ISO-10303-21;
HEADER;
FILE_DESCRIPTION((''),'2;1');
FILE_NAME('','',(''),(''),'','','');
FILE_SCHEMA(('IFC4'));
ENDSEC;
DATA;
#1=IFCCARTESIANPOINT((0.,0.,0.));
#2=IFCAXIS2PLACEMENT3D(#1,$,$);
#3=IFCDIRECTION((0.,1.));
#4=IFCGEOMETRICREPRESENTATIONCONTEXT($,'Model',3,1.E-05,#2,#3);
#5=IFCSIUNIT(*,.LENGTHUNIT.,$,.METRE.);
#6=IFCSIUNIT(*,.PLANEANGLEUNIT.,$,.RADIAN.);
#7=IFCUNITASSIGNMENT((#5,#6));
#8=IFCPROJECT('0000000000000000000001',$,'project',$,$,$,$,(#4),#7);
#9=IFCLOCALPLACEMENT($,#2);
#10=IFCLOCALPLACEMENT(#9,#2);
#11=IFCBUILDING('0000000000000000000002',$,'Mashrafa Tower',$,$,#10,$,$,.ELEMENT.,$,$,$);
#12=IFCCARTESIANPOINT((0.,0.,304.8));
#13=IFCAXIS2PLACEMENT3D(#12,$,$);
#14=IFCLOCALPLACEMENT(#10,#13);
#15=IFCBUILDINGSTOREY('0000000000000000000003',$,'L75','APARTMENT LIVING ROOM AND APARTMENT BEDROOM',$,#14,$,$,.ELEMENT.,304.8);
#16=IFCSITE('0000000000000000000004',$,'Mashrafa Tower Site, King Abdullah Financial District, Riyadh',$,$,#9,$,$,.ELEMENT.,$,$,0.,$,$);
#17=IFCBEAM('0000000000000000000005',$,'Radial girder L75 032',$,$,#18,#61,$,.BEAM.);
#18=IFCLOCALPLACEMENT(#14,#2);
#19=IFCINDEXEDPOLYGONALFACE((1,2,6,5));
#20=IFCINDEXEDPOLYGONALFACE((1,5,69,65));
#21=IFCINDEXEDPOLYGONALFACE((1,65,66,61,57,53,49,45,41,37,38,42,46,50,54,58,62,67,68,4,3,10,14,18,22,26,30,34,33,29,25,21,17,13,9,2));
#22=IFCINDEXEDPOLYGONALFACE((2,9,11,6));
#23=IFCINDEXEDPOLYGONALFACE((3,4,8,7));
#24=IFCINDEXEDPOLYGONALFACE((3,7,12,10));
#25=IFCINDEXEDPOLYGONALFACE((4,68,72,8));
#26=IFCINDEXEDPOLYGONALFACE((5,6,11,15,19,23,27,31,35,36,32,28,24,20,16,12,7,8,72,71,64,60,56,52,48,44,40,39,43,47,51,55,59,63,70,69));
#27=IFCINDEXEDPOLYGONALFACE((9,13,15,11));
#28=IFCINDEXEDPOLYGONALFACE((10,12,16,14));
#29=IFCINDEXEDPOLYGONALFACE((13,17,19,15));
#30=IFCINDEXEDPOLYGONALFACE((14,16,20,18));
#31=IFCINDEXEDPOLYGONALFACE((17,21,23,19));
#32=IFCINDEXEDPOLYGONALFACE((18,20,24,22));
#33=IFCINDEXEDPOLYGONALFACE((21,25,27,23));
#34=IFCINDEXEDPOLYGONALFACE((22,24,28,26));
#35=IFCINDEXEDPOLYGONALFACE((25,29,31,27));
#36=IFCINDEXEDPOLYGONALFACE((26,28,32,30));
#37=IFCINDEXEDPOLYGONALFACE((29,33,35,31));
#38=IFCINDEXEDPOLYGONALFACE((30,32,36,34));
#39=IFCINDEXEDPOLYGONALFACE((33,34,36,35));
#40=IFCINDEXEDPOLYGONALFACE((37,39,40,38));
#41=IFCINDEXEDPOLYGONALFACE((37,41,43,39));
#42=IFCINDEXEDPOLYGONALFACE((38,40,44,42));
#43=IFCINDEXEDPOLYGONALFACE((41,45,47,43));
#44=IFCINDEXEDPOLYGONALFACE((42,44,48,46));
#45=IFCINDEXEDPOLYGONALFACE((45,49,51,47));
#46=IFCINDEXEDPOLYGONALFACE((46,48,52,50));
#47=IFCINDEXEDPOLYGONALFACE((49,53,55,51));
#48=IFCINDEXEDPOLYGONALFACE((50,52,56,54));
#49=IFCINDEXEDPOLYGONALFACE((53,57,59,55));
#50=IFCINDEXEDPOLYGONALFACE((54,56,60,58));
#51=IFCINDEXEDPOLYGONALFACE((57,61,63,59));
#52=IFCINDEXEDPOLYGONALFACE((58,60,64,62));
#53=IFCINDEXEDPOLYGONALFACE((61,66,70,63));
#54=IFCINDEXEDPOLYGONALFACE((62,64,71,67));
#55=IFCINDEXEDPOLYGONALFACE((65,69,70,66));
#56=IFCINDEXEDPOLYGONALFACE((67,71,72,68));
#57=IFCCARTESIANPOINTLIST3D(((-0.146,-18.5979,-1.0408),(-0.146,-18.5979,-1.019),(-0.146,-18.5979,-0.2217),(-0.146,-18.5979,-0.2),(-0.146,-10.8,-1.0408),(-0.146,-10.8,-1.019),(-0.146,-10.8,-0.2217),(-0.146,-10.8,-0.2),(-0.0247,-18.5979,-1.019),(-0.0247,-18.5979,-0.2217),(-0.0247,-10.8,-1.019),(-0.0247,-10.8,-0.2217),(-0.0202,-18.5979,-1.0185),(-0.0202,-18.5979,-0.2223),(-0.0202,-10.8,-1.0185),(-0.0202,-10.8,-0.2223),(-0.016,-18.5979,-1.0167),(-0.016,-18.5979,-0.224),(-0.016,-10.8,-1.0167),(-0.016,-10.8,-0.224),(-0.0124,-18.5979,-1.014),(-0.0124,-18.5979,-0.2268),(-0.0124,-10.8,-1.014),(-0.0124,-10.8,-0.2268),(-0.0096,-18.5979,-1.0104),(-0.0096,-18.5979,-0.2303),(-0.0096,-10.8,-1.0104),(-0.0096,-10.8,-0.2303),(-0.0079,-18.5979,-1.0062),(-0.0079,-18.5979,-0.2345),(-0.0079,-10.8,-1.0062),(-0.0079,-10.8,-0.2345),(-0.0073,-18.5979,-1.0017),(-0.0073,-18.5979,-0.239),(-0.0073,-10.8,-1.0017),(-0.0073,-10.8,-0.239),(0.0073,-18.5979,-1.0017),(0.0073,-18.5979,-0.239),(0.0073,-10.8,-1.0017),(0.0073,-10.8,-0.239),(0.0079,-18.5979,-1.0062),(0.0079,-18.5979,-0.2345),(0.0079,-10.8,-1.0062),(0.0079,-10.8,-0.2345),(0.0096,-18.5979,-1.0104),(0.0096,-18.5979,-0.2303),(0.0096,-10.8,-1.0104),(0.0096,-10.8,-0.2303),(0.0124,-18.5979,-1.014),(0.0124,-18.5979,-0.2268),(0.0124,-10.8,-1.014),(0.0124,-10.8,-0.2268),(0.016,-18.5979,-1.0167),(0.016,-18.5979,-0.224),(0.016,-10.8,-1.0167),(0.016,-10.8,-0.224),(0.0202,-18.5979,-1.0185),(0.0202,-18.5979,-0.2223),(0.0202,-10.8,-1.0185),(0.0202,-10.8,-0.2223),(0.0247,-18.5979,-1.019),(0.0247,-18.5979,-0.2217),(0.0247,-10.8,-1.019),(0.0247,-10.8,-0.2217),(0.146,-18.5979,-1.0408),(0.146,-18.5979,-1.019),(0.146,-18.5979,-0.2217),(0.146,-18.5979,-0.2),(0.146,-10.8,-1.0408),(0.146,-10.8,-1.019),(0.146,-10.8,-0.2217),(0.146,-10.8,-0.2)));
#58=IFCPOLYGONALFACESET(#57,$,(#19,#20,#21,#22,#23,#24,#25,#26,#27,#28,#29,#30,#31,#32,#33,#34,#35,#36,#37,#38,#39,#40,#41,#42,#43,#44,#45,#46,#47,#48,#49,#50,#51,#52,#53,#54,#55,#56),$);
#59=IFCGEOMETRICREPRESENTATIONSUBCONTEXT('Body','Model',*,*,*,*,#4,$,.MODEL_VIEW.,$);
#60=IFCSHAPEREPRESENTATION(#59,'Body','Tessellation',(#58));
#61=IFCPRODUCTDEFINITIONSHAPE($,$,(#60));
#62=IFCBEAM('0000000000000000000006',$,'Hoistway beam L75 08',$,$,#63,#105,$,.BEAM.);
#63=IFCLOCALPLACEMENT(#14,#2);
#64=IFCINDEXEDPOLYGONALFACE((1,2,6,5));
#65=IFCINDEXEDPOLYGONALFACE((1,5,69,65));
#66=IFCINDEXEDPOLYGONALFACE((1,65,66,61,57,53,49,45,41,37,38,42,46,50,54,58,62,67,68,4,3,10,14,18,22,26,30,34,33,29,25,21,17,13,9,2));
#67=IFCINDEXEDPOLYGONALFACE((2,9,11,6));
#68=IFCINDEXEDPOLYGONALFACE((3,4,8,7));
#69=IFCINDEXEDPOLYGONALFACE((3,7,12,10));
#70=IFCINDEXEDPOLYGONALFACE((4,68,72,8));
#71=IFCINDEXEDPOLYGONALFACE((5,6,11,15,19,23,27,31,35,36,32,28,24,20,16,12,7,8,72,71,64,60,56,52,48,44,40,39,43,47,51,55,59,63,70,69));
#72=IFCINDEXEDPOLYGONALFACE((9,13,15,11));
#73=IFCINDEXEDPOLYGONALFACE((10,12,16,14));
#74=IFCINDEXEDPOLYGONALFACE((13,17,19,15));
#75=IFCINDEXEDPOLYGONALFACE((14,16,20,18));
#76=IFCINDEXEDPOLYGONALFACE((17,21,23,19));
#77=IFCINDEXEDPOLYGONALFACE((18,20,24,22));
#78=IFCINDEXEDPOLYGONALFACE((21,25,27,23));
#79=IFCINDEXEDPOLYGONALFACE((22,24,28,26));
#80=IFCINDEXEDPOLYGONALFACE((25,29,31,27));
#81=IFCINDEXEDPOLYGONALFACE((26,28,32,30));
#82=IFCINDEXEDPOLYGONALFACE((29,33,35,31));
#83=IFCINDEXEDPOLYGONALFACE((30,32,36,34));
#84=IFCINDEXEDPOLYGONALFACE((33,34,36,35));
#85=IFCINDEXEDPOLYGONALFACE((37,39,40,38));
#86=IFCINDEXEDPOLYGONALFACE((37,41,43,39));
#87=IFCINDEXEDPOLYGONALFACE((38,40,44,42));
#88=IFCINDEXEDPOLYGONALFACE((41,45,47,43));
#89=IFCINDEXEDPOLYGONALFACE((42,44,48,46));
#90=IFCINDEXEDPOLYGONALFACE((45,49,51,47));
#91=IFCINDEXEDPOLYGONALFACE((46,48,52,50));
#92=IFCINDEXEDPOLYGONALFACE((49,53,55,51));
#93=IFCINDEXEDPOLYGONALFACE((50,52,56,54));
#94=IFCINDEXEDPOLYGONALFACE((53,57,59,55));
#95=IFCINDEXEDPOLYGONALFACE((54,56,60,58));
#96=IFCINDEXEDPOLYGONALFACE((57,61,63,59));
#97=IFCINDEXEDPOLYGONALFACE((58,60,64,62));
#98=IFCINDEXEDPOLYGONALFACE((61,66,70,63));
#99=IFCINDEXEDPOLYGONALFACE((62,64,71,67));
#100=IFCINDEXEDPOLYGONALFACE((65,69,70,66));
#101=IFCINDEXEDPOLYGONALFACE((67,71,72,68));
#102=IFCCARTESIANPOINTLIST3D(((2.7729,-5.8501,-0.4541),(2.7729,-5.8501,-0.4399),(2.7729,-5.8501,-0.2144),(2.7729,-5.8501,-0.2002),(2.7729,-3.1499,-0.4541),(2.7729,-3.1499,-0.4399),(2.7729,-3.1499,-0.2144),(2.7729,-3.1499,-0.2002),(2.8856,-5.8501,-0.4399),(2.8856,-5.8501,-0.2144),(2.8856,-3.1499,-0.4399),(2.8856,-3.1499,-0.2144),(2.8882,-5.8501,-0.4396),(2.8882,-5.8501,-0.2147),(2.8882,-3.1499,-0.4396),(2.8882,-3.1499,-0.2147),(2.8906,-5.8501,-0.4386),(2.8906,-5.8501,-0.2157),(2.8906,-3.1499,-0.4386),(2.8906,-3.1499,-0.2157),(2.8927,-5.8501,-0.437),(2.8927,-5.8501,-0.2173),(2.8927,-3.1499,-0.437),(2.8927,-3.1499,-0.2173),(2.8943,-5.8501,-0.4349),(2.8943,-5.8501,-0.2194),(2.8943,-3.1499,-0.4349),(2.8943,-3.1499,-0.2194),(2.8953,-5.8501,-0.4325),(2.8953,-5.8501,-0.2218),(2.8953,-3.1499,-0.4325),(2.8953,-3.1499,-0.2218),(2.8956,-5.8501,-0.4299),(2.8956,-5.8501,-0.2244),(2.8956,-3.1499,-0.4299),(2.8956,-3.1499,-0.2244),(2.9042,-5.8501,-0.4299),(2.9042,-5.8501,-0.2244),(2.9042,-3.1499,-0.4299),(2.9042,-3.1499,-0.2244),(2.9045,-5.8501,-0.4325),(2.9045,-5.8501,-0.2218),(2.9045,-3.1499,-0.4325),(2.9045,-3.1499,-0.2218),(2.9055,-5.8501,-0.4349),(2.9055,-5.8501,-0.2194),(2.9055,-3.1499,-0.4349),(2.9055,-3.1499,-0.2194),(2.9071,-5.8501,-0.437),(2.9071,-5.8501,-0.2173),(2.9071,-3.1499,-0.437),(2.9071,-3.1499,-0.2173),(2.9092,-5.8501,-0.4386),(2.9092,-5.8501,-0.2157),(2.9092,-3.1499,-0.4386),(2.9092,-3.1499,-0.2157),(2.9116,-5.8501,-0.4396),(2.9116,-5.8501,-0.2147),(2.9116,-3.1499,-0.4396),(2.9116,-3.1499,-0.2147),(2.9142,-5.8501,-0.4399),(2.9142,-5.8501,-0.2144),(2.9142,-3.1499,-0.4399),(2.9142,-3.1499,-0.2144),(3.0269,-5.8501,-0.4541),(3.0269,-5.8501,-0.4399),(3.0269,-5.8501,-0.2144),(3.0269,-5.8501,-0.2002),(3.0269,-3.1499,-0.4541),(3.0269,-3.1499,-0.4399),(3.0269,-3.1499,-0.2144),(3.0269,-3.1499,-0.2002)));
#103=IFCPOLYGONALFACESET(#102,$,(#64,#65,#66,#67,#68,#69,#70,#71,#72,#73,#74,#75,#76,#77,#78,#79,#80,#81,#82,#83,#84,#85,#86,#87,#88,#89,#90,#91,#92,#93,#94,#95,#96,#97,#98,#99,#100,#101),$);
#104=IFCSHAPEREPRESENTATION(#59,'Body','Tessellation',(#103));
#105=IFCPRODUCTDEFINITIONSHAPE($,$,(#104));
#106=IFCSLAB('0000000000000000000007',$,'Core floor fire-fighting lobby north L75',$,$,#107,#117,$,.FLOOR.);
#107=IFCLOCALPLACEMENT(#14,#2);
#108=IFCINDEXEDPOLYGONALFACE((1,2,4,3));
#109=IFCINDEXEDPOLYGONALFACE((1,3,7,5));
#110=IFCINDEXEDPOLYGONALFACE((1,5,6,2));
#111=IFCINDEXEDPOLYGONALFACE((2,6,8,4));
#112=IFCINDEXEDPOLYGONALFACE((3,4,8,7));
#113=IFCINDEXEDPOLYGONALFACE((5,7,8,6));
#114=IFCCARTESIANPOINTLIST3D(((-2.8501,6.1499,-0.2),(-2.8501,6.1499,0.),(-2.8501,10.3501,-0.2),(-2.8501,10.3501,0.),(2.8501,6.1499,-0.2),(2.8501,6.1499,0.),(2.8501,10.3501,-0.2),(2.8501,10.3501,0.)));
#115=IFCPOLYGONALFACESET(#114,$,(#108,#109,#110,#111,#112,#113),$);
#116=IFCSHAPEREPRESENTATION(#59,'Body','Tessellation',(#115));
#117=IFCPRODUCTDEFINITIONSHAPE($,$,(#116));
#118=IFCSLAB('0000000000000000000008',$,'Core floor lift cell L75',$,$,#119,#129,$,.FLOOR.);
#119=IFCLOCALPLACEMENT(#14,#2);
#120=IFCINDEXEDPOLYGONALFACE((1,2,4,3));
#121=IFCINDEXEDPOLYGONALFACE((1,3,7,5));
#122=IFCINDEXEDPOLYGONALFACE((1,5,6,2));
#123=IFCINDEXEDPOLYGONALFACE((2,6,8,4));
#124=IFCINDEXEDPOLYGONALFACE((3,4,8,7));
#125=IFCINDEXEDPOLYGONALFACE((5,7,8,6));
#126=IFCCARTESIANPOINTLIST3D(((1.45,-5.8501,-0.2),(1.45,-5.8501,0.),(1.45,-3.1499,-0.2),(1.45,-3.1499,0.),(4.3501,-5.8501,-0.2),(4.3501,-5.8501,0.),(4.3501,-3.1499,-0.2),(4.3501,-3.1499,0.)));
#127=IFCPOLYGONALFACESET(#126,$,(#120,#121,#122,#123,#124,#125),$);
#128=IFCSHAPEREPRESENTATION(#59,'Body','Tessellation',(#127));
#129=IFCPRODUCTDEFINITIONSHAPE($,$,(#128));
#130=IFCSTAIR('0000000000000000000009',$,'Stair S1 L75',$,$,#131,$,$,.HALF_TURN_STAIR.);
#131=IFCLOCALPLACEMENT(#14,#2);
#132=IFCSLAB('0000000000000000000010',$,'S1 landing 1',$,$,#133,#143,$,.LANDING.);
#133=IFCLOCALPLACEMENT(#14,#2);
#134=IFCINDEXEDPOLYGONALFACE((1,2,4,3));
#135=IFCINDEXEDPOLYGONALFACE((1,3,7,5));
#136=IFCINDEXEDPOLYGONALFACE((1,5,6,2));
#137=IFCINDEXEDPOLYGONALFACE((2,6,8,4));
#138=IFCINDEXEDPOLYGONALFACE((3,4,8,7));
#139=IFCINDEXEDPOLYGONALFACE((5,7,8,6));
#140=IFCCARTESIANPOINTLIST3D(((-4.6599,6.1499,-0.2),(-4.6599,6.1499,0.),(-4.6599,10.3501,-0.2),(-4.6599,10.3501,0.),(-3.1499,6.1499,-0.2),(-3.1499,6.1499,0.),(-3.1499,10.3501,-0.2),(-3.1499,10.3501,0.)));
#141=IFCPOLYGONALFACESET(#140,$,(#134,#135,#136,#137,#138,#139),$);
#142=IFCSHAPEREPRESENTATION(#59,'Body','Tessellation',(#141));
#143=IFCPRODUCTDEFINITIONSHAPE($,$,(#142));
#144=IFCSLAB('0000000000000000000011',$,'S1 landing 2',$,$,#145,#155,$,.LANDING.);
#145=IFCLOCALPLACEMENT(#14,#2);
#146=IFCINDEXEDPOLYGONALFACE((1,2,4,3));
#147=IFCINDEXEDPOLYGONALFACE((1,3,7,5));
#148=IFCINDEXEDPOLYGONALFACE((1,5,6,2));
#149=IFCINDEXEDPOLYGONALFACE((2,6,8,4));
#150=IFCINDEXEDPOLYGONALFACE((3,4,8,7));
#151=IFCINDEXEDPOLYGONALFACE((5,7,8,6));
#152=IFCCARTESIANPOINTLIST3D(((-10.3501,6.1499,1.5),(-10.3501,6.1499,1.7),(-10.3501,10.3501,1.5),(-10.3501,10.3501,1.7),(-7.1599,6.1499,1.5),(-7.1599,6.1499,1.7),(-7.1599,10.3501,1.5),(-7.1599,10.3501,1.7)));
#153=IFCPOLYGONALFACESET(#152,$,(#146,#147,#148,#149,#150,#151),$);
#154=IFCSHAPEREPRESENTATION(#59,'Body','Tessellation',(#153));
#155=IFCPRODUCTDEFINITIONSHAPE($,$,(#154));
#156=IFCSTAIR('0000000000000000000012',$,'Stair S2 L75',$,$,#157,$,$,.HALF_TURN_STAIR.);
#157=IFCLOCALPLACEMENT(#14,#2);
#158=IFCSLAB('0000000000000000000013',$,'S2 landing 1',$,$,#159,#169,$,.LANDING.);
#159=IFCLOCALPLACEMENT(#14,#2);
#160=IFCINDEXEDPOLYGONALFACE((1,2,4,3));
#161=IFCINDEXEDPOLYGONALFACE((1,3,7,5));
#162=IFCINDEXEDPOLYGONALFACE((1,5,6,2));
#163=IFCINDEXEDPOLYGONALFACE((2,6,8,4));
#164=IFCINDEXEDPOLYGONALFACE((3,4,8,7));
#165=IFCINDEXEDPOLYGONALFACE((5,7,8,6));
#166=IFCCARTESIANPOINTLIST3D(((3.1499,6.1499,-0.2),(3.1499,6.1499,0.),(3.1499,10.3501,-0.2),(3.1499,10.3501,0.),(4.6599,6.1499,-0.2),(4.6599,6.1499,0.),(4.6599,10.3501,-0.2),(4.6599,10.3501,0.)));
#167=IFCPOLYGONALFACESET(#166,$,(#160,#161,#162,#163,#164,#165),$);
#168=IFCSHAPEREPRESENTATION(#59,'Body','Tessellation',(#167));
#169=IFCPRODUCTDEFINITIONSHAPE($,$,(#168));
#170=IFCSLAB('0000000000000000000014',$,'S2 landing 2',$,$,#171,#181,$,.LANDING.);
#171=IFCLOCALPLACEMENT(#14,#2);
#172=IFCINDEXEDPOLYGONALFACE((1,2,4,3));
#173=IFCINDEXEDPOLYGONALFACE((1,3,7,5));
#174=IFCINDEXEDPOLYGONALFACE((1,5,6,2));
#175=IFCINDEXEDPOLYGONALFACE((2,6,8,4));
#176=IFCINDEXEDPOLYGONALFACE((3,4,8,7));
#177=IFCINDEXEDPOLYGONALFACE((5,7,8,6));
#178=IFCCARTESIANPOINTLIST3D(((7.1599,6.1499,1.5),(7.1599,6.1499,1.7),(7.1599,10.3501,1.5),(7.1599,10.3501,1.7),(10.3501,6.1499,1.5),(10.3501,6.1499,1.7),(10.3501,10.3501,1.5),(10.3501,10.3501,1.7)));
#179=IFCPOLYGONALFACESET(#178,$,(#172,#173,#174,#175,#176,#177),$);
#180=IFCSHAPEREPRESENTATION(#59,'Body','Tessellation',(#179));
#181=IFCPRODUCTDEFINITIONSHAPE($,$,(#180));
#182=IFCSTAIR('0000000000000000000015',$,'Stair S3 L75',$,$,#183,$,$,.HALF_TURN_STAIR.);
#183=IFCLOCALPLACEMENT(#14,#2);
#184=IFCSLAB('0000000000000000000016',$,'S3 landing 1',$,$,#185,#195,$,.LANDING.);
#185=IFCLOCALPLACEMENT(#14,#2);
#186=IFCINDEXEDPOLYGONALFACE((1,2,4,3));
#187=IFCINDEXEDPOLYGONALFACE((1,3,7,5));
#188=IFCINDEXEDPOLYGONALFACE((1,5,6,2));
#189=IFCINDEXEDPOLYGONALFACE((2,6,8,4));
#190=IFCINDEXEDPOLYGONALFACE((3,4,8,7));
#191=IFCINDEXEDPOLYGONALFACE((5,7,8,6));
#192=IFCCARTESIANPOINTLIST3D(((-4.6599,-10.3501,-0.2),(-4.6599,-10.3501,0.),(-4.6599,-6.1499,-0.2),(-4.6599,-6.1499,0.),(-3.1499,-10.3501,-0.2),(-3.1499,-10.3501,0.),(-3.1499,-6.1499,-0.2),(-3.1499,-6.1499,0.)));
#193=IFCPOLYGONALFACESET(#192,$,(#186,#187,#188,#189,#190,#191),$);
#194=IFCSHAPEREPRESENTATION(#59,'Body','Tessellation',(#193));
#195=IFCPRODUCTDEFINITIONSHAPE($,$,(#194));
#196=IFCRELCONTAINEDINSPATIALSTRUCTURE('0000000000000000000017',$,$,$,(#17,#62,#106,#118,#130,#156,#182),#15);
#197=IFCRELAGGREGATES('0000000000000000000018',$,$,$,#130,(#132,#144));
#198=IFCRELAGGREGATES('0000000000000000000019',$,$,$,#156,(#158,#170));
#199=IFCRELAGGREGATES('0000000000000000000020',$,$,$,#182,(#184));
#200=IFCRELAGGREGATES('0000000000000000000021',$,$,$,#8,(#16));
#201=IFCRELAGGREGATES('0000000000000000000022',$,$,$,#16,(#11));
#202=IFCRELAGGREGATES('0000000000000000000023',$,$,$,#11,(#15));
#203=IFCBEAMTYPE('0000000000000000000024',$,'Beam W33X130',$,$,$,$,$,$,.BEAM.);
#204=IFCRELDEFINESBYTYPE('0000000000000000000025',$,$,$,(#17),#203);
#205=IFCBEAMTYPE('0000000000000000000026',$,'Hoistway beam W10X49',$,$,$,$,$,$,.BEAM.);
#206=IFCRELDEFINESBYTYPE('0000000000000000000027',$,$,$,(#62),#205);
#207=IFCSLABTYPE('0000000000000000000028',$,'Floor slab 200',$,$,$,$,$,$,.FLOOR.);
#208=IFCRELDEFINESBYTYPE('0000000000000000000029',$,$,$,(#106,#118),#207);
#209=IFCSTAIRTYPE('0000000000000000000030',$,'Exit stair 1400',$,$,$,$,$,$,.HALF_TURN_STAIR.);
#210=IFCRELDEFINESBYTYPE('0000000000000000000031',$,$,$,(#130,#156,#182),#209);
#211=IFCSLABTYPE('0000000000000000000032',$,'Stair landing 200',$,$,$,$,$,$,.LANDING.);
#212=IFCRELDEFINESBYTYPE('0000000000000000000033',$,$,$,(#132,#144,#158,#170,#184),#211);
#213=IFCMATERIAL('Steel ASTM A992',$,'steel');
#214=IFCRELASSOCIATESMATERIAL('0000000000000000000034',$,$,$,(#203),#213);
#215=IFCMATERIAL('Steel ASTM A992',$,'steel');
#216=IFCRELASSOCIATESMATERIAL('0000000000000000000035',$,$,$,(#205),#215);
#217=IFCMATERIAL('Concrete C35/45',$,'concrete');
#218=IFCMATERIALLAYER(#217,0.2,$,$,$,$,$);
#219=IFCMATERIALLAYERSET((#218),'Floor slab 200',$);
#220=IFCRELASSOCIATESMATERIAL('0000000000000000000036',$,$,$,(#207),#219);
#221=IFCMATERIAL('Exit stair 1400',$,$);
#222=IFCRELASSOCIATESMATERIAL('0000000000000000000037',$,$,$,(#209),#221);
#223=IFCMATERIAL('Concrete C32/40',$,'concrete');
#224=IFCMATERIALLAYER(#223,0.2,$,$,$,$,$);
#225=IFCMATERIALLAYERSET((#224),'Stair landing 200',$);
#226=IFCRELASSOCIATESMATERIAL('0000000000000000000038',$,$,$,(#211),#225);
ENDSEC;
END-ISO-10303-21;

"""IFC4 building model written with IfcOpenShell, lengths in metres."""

from ifc_helpers import new_model, si_unit, direction, frame, origin, origin_2d, place, context, subcontext, project, spatial, polyline, i_section, outline, extrude, material, layer, layer_set, material_profile, profile_set, type_object, element, aggregate, save


model = new_model("IFC4")

# Units and contexts
model_context = context("Model", 3, precision=1e-05, world=origin(), true_north=direction((0.0, 1.0)))
body_context = subcontext(model_context, "Body", "Model", "MODEL_VIEW")
ifc_project = project(units=[si_unit("LENGTHUNIT", "METRE"), si_unit("PLANEANGLEUNIT", "RADIAN")], contexts=[model_context])

# Site, building, storey
site_placement = place(None, origin())
site = spatial("IfcSite", under=ifc_project, at=site_placement, Name="Mashrafa Tower Site, King Abdullah Financial District, Riyadh", CompositionType="ELEMENT", RefElevation=0.0)
building_placement = place(site_placement, origin())
building = spatial("IfcBuilding", under=site, at=building_placement, Name="Mashrafa Tower", CompositionType="ELEMENT")
storey_placement = place(building_placement, frame((0.0, 0.0, 304.8)))
storey = spatial("IfcBuildingStorey", under=building, at=storey_placement, Name="L75", Description="APARTMENT LIVING ROOM AND APARTMENT BEDROOM", CompositionType="ELEMENT", Elevation=304.8)

# Beams
ifc_material_1 = material(Name="Steel ASTM A992", Category="steel")
ifc_material_profile_1 = material_profile(ifc_material_1, i_section(OverallWidth=0.292, OverallDepth=0.8408, WebThickness=0.0146, FlangeThickness=0.0217, FilletRadius=0.0173, at=origin_2d()), Name="W33X130")
ifc_profile_set_1 = profile_set([ifc_material_profile_1], Name="Steel ASTM A992")
beam_type_1 = type_object("IfcBeamType", Name="Beam W33X130", PredefinedType="BEAM", material=ifc_profile_set_1)
beam_1_placement = place(storey_placement, frame((0.0, -10.8, -0.6204), z_axis=(0.0, -1.0, 0.0), x_axis=(1.0, 0.0, 0.0)))
element("IfcBeam", 1, at=beam_1_placement, inside=storey, type_object=beam_type_1, Name="Radial girder L75 032", PredefinedType="BEAM", context=body_context, shape_type="SweptSolid", body=[
    extrude(i_section(OverallWidth=0.292, OverallDepth=0.8408, WebThickness=0.0146, FlangeThickness=0.0217, FilletRadius=0.0173, at=origin_2d()), origin(), (0.0, 0.0, 1.0), 7.7979),
])
ifc_material_2 = material(Name="Steel ASTM A992", Category="steel")
ifc_material_profile_2 = material_profile(ifc_material_2, i_section(OverallWidth=0.2539, OverallDepth=0.2539, WebThickness=0.0085, FlangeThickness=0.0142, FilletRadius=0.01, at=origin_2d()), Name="W10X49")
ifc_profile_set_2 = profile_set([ifc_material_profile_2], Name="Steel ASTM A992")
beam_type_2 = type_object("IfcBeamType", Name="Hoistway beam W10X49", PredefinedType="BEAM", material=ifc_profile_set_2)
beam_2_placement = place(storey_placement, frame((2.8999, -5.8501, -0.3271), z_axis=(0.0, 1.0, 0.0), x_axis=(-1.0, 0.0, 0.0)))
element("IfcBeam", 2, at=beam_2_placement, inside=storey, type_object=beam_type_2, Name="Hoistway beam L75 08", PredefinedType="BEAM", context=body_context, shape_type="SweptSolid", body=[
    extrude(i_section(OverallWidth=0.2539, OverallDepth=0.2539, WebThickness=0.0085, FlangeThickness=0.0142, FilletRadius=0.01, at=origin_2d()), origin(), (0.0, 0.0, 1.0), 2.7002),
])

# Slabs
ifc_material_3 = material(Name="Concrete C35/45", Category="concrete")
ifc_layer_1 = layer(ifc_material_3, 0.2)
ifc_layer_set_1 = layer_set([ifc_layer_1], Name="Floor slab 200")
slab_type_1 = type_object("IfcSlabType", Name="Floor slab 200", PredefinedType="FLOOR", material=ifc_layer_set_1)
slab_1_placement = place(storey_placement, frame((0.0, 0.0, -0.2)))
element("IfcSlab", 3, at=slab_1_placement, inside=storey, type_object=slab_type_1, Name="Core floor fire-fighting lobby north L75", PredefinedType="FLOOR", context=body_context, shape_type="SweptSolid", body=[
    extrude(outline(polyline([(-2.8501, 10.3501), (2.8501, 10.3501), (2.8501, 6.1499), (-2.8501, 6.1499), (-2.8501, 10.3501)])), origin(), (0.0, 0.0, 1.0), 0.2),
])
slab_2_placement = place(storey_placement, frame((0.0, 0.0, -0.2)))
element("IfcSlab", 4, at=slab_2_placement, inside=storey, type_object=slab_type_1, Name="Core floor lift cell L75", PredefinedType="FLOOR", context=body_context, shape_type="SweptSolid", body=[
    extrude(outline(polyline([(4.3501, -3.1499), (4.3501, -5.8501), (1.45, -5.8501), (1.45, -3.1499), (4.3501, -3.1499)])), origin(), (0.0, 0.0, 1.0), 0.2),
])

# Stairs, slabs
ifc_material_4 = material(Name="Exit stair 1400")
stair_type = type_object("IfcStairType", Name="Exit stair 1400", PredefinedType="HALF_TURN_STAIR", material=ifc_material_4)
stair_1_placement = place(storey_placement, origin())
stair_1 = element("IfcStair", 5, at=stair_1_placement, inside=storey, type_object=stair_type, Name="Stair S1 L75", PredefinedType="HALF_TURN_STAIR")
ifc_material_5 = material(Name="Concrete C32/40", Category="concrete")
ifc_layer_2 = layer(ifc_material_5, 0.2)
ifc_layer_set_2 = layer_set([ifc_layer_2], Name="Stair landing 200")
slab_type_2 = type_object("IfcSlabType", Name="Stair landing 200", PredefinedType="LANDING", material=ifc_layer_set_2)
slab_3_placement = place(storey_placement, frame((0.0, 0.0, -0.2)))
slab_3 = element("IfcSlab", 6, at=slab_3_placement, type_object=slab_type_2, Name="S1 landing 1", PredefinedType="LANDING", context=body_context, shape_type="SweptSolid", body=[
    extrude(outline(polyline([(-4.6599, 6.1499), (-3.1499, 6.1499), (-3.1499, 10.3501), (-4.6599, 10.3501), (-4.6599, 6.1499)])), origin(), (0.0, 0.0, 1.0), 0.2),
])
slab_4_placement = place(storey_placement, frame((0.0, 0.0, 1.5)))
slab_4 = element("IfcSlab", 7, at=slab_4_placement, type_object=slab_type_2, Name="S1 landing 2", PredefinedType="LANDING", context=body_context, shape_type="SweptSolid", body=[
    extrude(outline(polyline([(-10.3501, 6.1499), (-7.1599, 6.1499), (-7.1599, 10.3501), (-10.3501, 10.3501), (-10.3501, 6.1499)])), origin(), (0.0, 0.0, 1.0), 0.2),
])
aggregate(stair_1, [slab_3, slab_4])
stair_2_placement = place(storey_placement, origin())
stair_2 = element("IfcStair", 8, at=stair_2_placement, inside=storey, type_object=stair_type, Name="Stair S2 L75", PredefinedType="HALF_TURN_STAIR")
slab_5_placement = place(storey_placement, frame((0.0, 0.0, -0.2)))
slab_5 = element("IfcSlab", 9, at=slab_5_placement, type_object=slab_type_2, Name="S2 landing 1", PredefinedType="LANDING", context=body_context, shape_type="SweptSolid", body=[
    extrude(outline(polyline([(3.1499, 6.1499), (4.6599, 6.1499), (4.6599, 10.3501), (3.1499, 10.3501), (3.1499, 6.1499)])), origin(), (0.0, 0.0, 1.0), 0.2),
])
slab_6_placement = place(storey_placement, frame((0.0, 0.0, 1.5)))
slab_6 = element("IfcSlab", 10, at=slab_6_placement, type_object=slab_type_2, Name="S2 landing 2", PredefinedType="LANDING", context=body_context, shape_type="SweptSolid", body=[
    extrude(outline(polyline([(7.1599, 6.1499), (10.3501, 6.1499), (10.3501, 10.3501), (7.1599, 10.3501), (7.1599, 6.1499)])), origin(), (0.0, 0.0, 1.0), 0.2),
])
aggregate(stair_2, [slab_5, slab_6])

# Stair, slab
stair_3_placement = place(storey_placement, origin())
stair_3 = element("IfcStair", 11, at=stair_3_placement, inside=storey, type_object=stair_type, Name="Stair S3 L75", PredefinedType="HALF_TURN_STAIR")
slab_7_placement = place(storey_placement, frame((0.0, 0.0, -0.2)))
slab_7 = element("IfcSlab", 12, at=slab_7_placement, type_object=slab_type_2, Name="S3 landing 1", PredefinedType="LANDING", context=body_context, shape_type="SweptSolid", body=[
    extrude(outline(polyline([(-4.6599, -10.3501), (-3.1499, -10.3501), (-3.1499, -6.1499), (-4.6599, -6.1499), (-4.6599, -10.3501)])), origin(), (0.0, 0.0, 1.0), 0.2),
])
aggregate(stair_3, [slab_7])

save(model, "model.ifc")
